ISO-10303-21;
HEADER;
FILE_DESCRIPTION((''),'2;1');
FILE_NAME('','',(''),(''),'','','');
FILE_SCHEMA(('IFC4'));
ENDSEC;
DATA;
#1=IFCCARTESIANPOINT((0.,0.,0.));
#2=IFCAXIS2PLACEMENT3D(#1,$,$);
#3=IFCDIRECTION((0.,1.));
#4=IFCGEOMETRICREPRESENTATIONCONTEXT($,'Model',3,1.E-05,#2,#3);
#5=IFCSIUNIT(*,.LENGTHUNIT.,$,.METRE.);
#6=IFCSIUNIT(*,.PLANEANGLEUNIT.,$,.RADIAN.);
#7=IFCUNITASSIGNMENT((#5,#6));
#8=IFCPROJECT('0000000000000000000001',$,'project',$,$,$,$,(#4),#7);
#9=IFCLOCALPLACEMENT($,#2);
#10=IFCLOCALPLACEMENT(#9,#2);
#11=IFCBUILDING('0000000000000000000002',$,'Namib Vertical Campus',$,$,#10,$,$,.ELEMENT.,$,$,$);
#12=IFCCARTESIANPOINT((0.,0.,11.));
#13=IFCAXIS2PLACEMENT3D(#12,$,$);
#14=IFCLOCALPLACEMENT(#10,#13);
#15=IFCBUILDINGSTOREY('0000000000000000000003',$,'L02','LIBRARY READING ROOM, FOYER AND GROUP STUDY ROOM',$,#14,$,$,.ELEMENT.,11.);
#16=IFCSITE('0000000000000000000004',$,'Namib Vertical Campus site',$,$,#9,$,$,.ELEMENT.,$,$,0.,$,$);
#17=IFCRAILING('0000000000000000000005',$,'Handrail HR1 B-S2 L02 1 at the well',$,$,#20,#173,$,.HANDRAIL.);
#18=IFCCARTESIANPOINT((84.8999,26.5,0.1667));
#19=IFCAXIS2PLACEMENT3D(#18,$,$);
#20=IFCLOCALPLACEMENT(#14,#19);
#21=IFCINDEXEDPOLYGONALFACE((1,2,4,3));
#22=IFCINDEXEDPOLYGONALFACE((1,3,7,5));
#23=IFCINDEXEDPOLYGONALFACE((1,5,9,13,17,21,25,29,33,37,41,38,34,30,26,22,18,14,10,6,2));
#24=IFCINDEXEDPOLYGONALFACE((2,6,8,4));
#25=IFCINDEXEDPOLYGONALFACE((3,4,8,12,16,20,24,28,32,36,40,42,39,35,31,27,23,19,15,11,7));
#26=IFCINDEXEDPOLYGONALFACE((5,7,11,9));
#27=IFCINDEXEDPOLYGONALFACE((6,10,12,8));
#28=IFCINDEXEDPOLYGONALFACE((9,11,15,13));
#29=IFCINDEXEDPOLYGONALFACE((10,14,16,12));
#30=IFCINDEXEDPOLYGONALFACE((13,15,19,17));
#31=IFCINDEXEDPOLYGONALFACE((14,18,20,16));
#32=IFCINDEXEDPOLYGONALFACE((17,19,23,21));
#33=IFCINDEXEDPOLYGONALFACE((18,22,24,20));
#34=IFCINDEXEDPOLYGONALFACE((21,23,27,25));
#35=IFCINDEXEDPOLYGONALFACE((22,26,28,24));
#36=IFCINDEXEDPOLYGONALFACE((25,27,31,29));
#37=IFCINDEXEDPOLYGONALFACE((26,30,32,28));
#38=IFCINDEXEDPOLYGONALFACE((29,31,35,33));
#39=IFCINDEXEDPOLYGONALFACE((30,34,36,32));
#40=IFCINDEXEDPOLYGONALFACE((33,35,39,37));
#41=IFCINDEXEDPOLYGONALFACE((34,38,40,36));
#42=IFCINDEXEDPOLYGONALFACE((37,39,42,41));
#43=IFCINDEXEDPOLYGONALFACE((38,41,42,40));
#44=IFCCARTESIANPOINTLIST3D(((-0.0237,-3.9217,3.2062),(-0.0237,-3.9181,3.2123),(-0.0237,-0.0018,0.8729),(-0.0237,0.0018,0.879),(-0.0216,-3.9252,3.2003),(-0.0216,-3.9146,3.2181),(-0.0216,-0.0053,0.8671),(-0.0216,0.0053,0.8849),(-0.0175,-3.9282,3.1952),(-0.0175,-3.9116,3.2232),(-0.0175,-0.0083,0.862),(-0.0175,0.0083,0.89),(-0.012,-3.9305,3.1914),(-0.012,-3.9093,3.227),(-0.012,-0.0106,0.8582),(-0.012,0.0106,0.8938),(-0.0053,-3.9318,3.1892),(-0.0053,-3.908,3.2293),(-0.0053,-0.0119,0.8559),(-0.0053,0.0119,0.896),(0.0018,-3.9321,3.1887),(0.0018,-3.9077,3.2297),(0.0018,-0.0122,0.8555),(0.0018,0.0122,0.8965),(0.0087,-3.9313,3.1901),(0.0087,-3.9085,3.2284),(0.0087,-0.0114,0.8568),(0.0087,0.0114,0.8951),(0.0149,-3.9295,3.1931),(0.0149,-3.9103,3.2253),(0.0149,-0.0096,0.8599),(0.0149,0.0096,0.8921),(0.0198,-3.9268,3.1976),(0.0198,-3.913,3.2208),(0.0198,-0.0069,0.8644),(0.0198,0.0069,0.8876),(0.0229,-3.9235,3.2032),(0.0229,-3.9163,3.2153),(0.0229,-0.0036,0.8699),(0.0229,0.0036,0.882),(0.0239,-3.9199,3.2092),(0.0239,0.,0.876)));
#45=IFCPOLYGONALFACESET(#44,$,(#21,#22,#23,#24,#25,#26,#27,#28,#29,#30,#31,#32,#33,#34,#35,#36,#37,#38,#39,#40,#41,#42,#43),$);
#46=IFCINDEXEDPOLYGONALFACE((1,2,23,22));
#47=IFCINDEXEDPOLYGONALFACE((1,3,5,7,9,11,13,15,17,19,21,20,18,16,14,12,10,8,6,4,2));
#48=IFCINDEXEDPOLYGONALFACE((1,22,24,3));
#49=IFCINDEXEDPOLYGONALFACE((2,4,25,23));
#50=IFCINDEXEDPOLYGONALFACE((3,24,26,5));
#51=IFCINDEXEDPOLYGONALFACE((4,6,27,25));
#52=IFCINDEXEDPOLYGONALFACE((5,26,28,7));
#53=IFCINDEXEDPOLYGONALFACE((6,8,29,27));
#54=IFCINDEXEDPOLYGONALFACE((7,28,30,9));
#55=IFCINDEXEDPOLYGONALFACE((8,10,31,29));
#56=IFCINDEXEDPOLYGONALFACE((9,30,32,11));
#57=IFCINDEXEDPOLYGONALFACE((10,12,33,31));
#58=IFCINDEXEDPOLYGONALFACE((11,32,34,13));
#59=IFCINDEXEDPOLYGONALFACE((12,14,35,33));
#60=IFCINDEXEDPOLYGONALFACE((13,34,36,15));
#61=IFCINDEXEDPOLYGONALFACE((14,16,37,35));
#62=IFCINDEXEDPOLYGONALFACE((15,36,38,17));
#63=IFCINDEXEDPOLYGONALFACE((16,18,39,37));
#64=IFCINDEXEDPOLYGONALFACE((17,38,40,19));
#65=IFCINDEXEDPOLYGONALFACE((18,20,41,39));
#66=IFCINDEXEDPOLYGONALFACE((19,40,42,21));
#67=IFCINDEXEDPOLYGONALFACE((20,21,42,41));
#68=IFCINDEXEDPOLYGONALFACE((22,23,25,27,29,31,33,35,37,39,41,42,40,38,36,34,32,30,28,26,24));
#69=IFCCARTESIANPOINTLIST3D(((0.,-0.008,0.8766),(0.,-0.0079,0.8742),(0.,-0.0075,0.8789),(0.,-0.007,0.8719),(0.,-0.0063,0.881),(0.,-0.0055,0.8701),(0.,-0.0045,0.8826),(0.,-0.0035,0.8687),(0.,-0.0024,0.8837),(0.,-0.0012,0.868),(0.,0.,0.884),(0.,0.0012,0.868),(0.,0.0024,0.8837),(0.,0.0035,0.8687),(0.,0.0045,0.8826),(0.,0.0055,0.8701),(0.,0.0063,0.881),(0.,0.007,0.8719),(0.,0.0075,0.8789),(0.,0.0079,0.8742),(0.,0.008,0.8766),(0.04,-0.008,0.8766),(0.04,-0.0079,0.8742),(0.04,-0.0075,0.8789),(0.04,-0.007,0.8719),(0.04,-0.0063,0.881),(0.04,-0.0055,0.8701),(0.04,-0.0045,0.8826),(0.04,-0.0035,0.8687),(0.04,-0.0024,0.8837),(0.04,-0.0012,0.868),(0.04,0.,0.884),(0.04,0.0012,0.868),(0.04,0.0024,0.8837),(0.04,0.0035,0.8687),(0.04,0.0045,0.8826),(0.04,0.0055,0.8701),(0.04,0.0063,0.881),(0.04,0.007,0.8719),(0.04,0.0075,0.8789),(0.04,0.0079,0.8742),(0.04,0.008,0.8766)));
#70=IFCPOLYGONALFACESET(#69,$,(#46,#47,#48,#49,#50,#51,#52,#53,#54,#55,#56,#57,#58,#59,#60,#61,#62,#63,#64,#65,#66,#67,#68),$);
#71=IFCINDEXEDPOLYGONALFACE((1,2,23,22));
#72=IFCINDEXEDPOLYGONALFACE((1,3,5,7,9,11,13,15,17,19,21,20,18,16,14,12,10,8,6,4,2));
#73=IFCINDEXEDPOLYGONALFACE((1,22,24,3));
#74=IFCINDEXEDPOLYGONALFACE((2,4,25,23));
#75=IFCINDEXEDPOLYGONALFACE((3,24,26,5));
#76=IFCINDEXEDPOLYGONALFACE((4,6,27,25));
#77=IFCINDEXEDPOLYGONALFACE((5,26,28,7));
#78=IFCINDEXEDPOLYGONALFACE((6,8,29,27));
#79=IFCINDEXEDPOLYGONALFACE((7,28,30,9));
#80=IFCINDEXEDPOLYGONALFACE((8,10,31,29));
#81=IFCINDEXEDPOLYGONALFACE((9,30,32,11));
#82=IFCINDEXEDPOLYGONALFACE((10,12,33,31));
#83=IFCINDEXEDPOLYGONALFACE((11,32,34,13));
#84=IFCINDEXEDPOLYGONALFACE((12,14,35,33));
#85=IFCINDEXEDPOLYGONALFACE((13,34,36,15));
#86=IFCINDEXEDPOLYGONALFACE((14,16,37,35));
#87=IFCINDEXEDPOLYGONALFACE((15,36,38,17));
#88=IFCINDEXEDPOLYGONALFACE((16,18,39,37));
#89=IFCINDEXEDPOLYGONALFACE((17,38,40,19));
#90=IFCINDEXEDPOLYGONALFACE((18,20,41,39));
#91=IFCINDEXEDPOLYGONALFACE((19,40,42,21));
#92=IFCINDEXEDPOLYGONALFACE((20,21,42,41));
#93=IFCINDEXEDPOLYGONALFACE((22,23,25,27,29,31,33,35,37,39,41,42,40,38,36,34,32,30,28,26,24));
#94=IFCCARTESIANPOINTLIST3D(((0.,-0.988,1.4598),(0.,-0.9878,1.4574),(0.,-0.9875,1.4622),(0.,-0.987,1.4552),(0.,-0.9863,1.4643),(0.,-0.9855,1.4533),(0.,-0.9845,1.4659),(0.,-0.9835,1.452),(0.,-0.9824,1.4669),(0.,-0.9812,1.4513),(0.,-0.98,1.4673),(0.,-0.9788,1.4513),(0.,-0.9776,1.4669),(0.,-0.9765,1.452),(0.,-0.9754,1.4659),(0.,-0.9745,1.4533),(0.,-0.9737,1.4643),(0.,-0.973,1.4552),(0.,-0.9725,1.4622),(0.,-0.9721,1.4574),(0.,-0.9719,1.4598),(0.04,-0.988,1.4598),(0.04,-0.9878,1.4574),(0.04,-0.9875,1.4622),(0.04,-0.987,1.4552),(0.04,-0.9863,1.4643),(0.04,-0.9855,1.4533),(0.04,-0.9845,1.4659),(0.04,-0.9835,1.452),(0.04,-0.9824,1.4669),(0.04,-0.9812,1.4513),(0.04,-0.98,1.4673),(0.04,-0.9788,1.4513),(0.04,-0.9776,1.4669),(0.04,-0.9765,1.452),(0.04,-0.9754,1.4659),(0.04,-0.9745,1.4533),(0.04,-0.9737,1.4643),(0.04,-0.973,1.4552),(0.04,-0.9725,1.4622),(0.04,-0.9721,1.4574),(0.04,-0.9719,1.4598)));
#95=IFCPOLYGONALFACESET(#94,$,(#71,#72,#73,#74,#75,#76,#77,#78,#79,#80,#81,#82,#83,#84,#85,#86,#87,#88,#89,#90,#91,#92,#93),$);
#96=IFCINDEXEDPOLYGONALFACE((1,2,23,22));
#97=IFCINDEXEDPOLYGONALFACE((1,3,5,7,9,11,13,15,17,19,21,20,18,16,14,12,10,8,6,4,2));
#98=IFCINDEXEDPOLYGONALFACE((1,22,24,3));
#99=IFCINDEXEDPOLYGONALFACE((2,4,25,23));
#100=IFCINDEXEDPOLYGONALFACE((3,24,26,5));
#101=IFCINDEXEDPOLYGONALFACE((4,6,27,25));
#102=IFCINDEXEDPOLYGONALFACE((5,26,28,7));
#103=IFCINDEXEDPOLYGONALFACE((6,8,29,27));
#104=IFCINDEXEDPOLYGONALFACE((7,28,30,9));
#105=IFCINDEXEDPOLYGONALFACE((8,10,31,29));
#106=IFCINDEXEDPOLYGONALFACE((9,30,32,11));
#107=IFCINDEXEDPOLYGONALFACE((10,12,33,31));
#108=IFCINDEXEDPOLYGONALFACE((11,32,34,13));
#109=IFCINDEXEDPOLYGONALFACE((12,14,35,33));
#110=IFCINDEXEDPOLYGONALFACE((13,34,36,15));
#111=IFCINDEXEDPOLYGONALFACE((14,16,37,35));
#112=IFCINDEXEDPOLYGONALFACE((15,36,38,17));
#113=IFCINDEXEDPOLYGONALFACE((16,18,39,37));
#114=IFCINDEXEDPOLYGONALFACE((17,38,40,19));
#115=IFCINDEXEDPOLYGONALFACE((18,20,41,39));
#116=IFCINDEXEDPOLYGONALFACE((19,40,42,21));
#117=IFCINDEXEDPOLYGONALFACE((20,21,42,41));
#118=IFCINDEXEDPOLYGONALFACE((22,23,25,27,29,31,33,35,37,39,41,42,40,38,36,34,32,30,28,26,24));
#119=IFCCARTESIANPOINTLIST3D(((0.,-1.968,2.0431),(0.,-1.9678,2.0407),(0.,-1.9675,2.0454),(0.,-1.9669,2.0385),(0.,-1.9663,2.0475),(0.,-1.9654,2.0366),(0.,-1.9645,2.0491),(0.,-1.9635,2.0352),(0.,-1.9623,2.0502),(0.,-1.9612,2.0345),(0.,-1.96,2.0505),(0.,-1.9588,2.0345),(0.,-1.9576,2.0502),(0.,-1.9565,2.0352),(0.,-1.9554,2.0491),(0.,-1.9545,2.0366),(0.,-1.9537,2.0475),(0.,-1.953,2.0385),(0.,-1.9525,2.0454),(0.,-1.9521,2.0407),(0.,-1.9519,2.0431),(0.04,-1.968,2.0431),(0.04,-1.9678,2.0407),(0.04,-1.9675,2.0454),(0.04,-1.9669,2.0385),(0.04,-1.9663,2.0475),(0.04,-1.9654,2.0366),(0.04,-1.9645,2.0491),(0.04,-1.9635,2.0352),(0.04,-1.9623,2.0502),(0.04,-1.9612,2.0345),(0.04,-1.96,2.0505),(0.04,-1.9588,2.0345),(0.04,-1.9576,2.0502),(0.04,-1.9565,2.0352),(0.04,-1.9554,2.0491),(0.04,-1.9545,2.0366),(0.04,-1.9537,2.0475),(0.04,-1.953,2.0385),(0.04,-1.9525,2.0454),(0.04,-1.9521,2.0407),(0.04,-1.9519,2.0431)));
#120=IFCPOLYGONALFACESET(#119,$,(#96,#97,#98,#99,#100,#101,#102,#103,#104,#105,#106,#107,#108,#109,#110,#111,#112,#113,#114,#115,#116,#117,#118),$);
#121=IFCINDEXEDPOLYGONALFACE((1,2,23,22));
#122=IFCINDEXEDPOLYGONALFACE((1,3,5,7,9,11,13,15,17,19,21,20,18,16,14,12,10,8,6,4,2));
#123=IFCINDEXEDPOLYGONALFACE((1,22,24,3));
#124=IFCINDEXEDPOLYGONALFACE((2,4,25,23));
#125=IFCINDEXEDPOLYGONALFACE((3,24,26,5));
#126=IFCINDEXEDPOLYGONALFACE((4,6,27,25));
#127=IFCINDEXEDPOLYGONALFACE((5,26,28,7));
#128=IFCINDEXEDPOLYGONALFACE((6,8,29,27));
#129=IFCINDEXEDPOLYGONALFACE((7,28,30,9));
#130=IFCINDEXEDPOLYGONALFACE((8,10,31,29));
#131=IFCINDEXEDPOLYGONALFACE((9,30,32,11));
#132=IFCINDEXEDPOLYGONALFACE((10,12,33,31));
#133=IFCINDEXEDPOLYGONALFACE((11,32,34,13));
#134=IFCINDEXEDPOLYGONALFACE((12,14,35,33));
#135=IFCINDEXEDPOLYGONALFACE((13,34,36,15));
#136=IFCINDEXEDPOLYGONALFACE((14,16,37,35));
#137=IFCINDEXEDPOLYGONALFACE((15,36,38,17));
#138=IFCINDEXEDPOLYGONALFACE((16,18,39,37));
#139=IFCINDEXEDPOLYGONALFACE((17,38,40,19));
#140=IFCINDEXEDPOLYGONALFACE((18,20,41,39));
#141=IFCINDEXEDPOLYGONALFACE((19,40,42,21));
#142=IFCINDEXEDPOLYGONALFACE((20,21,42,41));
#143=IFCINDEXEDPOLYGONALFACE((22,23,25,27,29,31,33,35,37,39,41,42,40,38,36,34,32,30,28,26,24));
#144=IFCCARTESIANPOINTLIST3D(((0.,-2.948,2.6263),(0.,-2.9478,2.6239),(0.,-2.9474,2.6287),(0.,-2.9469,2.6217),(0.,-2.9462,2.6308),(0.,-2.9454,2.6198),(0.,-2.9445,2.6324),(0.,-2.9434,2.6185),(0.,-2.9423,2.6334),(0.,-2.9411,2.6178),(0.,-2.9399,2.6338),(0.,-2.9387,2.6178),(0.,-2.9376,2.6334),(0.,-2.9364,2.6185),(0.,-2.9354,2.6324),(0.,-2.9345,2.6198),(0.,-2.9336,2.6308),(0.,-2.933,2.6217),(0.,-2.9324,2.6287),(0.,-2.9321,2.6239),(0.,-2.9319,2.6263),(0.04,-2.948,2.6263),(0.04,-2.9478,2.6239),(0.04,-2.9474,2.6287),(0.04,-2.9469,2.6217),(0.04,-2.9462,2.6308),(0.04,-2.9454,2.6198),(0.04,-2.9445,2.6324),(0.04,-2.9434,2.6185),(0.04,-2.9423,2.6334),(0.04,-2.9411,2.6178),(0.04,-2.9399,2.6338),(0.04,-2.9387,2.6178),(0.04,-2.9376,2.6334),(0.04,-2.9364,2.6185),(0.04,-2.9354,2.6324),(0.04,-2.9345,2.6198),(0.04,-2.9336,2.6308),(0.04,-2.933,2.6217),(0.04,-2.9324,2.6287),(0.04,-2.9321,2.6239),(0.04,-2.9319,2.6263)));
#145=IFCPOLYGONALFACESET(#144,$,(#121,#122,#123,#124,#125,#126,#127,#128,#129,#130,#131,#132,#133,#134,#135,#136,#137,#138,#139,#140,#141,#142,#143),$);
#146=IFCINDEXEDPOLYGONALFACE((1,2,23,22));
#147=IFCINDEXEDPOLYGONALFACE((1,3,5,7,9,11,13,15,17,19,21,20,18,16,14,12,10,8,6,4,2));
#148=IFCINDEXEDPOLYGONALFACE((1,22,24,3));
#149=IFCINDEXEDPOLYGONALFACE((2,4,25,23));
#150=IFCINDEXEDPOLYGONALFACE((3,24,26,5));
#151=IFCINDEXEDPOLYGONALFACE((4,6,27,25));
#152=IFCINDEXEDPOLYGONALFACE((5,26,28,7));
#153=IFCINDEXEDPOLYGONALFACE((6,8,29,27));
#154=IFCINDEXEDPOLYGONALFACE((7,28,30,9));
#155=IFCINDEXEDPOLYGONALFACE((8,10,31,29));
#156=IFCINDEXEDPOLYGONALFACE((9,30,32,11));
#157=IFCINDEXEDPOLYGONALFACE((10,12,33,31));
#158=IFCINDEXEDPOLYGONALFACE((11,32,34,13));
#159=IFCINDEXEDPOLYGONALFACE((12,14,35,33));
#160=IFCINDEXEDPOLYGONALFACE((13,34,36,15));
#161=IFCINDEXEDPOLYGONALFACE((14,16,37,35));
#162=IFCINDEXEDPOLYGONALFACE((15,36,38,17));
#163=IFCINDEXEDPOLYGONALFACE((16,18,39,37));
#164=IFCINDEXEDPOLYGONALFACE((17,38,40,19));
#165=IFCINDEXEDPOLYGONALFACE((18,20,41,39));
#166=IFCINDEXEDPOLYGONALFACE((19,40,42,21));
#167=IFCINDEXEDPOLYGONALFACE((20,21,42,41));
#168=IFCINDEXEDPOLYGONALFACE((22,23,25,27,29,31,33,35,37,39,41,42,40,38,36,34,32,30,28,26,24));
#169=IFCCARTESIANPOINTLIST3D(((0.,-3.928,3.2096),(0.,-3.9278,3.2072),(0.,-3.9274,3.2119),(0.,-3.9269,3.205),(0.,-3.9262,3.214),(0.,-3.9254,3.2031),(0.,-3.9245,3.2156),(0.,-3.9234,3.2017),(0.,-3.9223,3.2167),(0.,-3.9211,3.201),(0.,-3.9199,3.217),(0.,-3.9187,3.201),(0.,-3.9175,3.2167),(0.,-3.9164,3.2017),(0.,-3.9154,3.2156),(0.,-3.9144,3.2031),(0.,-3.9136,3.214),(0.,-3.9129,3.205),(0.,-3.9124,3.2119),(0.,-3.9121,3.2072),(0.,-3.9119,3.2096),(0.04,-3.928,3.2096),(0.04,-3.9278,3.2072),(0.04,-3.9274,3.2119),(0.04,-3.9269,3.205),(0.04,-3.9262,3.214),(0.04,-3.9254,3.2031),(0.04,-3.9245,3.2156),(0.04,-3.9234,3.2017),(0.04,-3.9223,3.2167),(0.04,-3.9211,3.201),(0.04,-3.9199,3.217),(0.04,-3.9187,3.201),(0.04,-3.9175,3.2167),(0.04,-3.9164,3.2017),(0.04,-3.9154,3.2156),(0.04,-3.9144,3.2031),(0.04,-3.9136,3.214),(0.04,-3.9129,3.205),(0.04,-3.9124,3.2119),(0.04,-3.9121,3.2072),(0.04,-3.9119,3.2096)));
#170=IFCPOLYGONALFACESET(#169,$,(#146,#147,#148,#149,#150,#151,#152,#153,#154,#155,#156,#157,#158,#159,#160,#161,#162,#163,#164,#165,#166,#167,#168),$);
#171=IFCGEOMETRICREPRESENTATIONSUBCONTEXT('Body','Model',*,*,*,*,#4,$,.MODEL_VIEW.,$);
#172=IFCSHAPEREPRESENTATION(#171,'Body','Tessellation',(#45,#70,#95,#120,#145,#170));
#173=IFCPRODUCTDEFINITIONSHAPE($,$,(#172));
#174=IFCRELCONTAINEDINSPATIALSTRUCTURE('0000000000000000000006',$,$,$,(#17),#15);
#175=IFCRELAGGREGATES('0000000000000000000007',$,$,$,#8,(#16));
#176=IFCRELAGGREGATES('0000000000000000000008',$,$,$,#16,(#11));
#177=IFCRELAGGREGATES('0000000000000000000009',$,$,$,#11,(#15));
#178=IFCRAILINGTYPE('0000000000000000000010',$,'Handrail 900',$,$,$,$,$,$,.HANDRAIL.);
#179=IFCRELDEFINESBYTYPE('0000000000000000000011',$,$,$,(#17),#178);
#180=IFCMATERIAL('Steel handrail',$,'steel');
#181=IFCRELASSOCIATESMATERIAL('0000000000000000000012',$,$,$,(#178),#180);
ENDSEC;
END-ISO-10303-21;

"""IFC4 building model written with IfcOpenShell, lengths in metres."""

from ifc_helpers import new_model, si_unit, direction, frame, origin, origin_2d, place, context, subcontext, project, spatial, circle, extrude, material, type_object, element, save


model = new_model("IFC4")

# Units and contexts
model_context = context("Model", 3, precision=1e-05, world=origin(), true_north=direction((0.0, 1.0)))
body_context = subcontext(model_context, "Body", "Model", "MODEL_VIEW")
ifc_project = project(units=[si_unit("LENGTHUNIT", "METRE"), si_unit("PLANEANGLEUNIT", "RADIAN")], contexts=[model_context])

# Site, building, storey
site_placement = place(None, origin())
site = spatial("IfcSite", under=ifc_project, at=site_placement, Name="Namib Vertical Campus site", CompositionType="ELEMENT", RefElevation=0.0)
building_placement = place(site_placement, origin())
building = spatial("IfcBuilding", under=site, at=building_placement, Name="Namib Vertical Campus", CompositionType="ELEMENT")
storey_placement = place(building_placement, frame((0.0, 0.0, 11.0)))
storey = spatial("IfcBuildingStorey", under=building, at=storey_placement, Name="L02", Description="LIBRARY READING ROOM, FOYER AND GROUP STUDY ROOM", CompositionType="ELEMENT", Elevation=11.0)

# Railing
ifc_material_1 = material(Name="Steel handrail", Category="steel")
railing_type_1 = type_object("IfcRailingType", Name="Handrail 900", PredefinedType="HANDRAIL", material=ifc_material_1)
railing_1_placement = place(storey_placement, frame((84.8999, 26.5, 0.1667)))
element("IfcRailing", 1, at=railing_1_placement, inside=storey, type_object=railing_type_1, Name="Handrail HR1 B-S2 L02 1 at the well", PredefinedType="HANDRAIL", context=body_context, shape_type="SweptSolid", body=[
    extrude(circle(Radius=0.0239, at=origin_2d()), frame((0.0, 0.0, 0.876), z_axis=(0.0, -0.859296, 0.511478), x_axis=(1.0, 0.0, 0.0)), (0.0, 0.0, 1.0), 4.5618),
    extrude(circle(Radius=0.0081, at=origin_2d()), frame((0.0, 0.0, 0.876), z_axis=(1.0, 0.0, 0.0), x_axis=(0.0, 0.0, 1.0)), (0.0, 0.0, 1.0), 0.04),
    extrude(circle(Radius=0.0081, at=origin_2d()), frame((0.0, -0.98, 1.4592), z_axis=(1.0, 0.0, 0.0), x_axis=(0.0, 0.0, 1.0)), (0.0, 0.0, 1.0), 0.04),
    extrude(circle(Radius=0.0081, at=origin_2d()), frame((0.0, -1.96, 2.0425), z_axis=(1.0, 0.0, 0.0), x_axis=(0.0, 0.0, 1.0)), (0.0, 0.0, 1.0), 0.04),
    extrude(circle(Radius=0.0081, at=origin_2d()), frame((0.0, -2.9399, 2.6257), z_axis=(1.0, 0.0, 0.0), x_axis=(0.0, 0.0, 1.0)), (0.0, 0.0, 1.0), 0.04),
    extrude(circle(Radius=0.0081, at=origin_2d()), frame((0.0, -3.9199, 3.209), z_axis=(1.0, 0.0, 0.0), x_axis=(0.0, 0.0, 1.0)), (0.0, 0.0, 1.0), 0.04),
])

save(model, "model.ifc")
